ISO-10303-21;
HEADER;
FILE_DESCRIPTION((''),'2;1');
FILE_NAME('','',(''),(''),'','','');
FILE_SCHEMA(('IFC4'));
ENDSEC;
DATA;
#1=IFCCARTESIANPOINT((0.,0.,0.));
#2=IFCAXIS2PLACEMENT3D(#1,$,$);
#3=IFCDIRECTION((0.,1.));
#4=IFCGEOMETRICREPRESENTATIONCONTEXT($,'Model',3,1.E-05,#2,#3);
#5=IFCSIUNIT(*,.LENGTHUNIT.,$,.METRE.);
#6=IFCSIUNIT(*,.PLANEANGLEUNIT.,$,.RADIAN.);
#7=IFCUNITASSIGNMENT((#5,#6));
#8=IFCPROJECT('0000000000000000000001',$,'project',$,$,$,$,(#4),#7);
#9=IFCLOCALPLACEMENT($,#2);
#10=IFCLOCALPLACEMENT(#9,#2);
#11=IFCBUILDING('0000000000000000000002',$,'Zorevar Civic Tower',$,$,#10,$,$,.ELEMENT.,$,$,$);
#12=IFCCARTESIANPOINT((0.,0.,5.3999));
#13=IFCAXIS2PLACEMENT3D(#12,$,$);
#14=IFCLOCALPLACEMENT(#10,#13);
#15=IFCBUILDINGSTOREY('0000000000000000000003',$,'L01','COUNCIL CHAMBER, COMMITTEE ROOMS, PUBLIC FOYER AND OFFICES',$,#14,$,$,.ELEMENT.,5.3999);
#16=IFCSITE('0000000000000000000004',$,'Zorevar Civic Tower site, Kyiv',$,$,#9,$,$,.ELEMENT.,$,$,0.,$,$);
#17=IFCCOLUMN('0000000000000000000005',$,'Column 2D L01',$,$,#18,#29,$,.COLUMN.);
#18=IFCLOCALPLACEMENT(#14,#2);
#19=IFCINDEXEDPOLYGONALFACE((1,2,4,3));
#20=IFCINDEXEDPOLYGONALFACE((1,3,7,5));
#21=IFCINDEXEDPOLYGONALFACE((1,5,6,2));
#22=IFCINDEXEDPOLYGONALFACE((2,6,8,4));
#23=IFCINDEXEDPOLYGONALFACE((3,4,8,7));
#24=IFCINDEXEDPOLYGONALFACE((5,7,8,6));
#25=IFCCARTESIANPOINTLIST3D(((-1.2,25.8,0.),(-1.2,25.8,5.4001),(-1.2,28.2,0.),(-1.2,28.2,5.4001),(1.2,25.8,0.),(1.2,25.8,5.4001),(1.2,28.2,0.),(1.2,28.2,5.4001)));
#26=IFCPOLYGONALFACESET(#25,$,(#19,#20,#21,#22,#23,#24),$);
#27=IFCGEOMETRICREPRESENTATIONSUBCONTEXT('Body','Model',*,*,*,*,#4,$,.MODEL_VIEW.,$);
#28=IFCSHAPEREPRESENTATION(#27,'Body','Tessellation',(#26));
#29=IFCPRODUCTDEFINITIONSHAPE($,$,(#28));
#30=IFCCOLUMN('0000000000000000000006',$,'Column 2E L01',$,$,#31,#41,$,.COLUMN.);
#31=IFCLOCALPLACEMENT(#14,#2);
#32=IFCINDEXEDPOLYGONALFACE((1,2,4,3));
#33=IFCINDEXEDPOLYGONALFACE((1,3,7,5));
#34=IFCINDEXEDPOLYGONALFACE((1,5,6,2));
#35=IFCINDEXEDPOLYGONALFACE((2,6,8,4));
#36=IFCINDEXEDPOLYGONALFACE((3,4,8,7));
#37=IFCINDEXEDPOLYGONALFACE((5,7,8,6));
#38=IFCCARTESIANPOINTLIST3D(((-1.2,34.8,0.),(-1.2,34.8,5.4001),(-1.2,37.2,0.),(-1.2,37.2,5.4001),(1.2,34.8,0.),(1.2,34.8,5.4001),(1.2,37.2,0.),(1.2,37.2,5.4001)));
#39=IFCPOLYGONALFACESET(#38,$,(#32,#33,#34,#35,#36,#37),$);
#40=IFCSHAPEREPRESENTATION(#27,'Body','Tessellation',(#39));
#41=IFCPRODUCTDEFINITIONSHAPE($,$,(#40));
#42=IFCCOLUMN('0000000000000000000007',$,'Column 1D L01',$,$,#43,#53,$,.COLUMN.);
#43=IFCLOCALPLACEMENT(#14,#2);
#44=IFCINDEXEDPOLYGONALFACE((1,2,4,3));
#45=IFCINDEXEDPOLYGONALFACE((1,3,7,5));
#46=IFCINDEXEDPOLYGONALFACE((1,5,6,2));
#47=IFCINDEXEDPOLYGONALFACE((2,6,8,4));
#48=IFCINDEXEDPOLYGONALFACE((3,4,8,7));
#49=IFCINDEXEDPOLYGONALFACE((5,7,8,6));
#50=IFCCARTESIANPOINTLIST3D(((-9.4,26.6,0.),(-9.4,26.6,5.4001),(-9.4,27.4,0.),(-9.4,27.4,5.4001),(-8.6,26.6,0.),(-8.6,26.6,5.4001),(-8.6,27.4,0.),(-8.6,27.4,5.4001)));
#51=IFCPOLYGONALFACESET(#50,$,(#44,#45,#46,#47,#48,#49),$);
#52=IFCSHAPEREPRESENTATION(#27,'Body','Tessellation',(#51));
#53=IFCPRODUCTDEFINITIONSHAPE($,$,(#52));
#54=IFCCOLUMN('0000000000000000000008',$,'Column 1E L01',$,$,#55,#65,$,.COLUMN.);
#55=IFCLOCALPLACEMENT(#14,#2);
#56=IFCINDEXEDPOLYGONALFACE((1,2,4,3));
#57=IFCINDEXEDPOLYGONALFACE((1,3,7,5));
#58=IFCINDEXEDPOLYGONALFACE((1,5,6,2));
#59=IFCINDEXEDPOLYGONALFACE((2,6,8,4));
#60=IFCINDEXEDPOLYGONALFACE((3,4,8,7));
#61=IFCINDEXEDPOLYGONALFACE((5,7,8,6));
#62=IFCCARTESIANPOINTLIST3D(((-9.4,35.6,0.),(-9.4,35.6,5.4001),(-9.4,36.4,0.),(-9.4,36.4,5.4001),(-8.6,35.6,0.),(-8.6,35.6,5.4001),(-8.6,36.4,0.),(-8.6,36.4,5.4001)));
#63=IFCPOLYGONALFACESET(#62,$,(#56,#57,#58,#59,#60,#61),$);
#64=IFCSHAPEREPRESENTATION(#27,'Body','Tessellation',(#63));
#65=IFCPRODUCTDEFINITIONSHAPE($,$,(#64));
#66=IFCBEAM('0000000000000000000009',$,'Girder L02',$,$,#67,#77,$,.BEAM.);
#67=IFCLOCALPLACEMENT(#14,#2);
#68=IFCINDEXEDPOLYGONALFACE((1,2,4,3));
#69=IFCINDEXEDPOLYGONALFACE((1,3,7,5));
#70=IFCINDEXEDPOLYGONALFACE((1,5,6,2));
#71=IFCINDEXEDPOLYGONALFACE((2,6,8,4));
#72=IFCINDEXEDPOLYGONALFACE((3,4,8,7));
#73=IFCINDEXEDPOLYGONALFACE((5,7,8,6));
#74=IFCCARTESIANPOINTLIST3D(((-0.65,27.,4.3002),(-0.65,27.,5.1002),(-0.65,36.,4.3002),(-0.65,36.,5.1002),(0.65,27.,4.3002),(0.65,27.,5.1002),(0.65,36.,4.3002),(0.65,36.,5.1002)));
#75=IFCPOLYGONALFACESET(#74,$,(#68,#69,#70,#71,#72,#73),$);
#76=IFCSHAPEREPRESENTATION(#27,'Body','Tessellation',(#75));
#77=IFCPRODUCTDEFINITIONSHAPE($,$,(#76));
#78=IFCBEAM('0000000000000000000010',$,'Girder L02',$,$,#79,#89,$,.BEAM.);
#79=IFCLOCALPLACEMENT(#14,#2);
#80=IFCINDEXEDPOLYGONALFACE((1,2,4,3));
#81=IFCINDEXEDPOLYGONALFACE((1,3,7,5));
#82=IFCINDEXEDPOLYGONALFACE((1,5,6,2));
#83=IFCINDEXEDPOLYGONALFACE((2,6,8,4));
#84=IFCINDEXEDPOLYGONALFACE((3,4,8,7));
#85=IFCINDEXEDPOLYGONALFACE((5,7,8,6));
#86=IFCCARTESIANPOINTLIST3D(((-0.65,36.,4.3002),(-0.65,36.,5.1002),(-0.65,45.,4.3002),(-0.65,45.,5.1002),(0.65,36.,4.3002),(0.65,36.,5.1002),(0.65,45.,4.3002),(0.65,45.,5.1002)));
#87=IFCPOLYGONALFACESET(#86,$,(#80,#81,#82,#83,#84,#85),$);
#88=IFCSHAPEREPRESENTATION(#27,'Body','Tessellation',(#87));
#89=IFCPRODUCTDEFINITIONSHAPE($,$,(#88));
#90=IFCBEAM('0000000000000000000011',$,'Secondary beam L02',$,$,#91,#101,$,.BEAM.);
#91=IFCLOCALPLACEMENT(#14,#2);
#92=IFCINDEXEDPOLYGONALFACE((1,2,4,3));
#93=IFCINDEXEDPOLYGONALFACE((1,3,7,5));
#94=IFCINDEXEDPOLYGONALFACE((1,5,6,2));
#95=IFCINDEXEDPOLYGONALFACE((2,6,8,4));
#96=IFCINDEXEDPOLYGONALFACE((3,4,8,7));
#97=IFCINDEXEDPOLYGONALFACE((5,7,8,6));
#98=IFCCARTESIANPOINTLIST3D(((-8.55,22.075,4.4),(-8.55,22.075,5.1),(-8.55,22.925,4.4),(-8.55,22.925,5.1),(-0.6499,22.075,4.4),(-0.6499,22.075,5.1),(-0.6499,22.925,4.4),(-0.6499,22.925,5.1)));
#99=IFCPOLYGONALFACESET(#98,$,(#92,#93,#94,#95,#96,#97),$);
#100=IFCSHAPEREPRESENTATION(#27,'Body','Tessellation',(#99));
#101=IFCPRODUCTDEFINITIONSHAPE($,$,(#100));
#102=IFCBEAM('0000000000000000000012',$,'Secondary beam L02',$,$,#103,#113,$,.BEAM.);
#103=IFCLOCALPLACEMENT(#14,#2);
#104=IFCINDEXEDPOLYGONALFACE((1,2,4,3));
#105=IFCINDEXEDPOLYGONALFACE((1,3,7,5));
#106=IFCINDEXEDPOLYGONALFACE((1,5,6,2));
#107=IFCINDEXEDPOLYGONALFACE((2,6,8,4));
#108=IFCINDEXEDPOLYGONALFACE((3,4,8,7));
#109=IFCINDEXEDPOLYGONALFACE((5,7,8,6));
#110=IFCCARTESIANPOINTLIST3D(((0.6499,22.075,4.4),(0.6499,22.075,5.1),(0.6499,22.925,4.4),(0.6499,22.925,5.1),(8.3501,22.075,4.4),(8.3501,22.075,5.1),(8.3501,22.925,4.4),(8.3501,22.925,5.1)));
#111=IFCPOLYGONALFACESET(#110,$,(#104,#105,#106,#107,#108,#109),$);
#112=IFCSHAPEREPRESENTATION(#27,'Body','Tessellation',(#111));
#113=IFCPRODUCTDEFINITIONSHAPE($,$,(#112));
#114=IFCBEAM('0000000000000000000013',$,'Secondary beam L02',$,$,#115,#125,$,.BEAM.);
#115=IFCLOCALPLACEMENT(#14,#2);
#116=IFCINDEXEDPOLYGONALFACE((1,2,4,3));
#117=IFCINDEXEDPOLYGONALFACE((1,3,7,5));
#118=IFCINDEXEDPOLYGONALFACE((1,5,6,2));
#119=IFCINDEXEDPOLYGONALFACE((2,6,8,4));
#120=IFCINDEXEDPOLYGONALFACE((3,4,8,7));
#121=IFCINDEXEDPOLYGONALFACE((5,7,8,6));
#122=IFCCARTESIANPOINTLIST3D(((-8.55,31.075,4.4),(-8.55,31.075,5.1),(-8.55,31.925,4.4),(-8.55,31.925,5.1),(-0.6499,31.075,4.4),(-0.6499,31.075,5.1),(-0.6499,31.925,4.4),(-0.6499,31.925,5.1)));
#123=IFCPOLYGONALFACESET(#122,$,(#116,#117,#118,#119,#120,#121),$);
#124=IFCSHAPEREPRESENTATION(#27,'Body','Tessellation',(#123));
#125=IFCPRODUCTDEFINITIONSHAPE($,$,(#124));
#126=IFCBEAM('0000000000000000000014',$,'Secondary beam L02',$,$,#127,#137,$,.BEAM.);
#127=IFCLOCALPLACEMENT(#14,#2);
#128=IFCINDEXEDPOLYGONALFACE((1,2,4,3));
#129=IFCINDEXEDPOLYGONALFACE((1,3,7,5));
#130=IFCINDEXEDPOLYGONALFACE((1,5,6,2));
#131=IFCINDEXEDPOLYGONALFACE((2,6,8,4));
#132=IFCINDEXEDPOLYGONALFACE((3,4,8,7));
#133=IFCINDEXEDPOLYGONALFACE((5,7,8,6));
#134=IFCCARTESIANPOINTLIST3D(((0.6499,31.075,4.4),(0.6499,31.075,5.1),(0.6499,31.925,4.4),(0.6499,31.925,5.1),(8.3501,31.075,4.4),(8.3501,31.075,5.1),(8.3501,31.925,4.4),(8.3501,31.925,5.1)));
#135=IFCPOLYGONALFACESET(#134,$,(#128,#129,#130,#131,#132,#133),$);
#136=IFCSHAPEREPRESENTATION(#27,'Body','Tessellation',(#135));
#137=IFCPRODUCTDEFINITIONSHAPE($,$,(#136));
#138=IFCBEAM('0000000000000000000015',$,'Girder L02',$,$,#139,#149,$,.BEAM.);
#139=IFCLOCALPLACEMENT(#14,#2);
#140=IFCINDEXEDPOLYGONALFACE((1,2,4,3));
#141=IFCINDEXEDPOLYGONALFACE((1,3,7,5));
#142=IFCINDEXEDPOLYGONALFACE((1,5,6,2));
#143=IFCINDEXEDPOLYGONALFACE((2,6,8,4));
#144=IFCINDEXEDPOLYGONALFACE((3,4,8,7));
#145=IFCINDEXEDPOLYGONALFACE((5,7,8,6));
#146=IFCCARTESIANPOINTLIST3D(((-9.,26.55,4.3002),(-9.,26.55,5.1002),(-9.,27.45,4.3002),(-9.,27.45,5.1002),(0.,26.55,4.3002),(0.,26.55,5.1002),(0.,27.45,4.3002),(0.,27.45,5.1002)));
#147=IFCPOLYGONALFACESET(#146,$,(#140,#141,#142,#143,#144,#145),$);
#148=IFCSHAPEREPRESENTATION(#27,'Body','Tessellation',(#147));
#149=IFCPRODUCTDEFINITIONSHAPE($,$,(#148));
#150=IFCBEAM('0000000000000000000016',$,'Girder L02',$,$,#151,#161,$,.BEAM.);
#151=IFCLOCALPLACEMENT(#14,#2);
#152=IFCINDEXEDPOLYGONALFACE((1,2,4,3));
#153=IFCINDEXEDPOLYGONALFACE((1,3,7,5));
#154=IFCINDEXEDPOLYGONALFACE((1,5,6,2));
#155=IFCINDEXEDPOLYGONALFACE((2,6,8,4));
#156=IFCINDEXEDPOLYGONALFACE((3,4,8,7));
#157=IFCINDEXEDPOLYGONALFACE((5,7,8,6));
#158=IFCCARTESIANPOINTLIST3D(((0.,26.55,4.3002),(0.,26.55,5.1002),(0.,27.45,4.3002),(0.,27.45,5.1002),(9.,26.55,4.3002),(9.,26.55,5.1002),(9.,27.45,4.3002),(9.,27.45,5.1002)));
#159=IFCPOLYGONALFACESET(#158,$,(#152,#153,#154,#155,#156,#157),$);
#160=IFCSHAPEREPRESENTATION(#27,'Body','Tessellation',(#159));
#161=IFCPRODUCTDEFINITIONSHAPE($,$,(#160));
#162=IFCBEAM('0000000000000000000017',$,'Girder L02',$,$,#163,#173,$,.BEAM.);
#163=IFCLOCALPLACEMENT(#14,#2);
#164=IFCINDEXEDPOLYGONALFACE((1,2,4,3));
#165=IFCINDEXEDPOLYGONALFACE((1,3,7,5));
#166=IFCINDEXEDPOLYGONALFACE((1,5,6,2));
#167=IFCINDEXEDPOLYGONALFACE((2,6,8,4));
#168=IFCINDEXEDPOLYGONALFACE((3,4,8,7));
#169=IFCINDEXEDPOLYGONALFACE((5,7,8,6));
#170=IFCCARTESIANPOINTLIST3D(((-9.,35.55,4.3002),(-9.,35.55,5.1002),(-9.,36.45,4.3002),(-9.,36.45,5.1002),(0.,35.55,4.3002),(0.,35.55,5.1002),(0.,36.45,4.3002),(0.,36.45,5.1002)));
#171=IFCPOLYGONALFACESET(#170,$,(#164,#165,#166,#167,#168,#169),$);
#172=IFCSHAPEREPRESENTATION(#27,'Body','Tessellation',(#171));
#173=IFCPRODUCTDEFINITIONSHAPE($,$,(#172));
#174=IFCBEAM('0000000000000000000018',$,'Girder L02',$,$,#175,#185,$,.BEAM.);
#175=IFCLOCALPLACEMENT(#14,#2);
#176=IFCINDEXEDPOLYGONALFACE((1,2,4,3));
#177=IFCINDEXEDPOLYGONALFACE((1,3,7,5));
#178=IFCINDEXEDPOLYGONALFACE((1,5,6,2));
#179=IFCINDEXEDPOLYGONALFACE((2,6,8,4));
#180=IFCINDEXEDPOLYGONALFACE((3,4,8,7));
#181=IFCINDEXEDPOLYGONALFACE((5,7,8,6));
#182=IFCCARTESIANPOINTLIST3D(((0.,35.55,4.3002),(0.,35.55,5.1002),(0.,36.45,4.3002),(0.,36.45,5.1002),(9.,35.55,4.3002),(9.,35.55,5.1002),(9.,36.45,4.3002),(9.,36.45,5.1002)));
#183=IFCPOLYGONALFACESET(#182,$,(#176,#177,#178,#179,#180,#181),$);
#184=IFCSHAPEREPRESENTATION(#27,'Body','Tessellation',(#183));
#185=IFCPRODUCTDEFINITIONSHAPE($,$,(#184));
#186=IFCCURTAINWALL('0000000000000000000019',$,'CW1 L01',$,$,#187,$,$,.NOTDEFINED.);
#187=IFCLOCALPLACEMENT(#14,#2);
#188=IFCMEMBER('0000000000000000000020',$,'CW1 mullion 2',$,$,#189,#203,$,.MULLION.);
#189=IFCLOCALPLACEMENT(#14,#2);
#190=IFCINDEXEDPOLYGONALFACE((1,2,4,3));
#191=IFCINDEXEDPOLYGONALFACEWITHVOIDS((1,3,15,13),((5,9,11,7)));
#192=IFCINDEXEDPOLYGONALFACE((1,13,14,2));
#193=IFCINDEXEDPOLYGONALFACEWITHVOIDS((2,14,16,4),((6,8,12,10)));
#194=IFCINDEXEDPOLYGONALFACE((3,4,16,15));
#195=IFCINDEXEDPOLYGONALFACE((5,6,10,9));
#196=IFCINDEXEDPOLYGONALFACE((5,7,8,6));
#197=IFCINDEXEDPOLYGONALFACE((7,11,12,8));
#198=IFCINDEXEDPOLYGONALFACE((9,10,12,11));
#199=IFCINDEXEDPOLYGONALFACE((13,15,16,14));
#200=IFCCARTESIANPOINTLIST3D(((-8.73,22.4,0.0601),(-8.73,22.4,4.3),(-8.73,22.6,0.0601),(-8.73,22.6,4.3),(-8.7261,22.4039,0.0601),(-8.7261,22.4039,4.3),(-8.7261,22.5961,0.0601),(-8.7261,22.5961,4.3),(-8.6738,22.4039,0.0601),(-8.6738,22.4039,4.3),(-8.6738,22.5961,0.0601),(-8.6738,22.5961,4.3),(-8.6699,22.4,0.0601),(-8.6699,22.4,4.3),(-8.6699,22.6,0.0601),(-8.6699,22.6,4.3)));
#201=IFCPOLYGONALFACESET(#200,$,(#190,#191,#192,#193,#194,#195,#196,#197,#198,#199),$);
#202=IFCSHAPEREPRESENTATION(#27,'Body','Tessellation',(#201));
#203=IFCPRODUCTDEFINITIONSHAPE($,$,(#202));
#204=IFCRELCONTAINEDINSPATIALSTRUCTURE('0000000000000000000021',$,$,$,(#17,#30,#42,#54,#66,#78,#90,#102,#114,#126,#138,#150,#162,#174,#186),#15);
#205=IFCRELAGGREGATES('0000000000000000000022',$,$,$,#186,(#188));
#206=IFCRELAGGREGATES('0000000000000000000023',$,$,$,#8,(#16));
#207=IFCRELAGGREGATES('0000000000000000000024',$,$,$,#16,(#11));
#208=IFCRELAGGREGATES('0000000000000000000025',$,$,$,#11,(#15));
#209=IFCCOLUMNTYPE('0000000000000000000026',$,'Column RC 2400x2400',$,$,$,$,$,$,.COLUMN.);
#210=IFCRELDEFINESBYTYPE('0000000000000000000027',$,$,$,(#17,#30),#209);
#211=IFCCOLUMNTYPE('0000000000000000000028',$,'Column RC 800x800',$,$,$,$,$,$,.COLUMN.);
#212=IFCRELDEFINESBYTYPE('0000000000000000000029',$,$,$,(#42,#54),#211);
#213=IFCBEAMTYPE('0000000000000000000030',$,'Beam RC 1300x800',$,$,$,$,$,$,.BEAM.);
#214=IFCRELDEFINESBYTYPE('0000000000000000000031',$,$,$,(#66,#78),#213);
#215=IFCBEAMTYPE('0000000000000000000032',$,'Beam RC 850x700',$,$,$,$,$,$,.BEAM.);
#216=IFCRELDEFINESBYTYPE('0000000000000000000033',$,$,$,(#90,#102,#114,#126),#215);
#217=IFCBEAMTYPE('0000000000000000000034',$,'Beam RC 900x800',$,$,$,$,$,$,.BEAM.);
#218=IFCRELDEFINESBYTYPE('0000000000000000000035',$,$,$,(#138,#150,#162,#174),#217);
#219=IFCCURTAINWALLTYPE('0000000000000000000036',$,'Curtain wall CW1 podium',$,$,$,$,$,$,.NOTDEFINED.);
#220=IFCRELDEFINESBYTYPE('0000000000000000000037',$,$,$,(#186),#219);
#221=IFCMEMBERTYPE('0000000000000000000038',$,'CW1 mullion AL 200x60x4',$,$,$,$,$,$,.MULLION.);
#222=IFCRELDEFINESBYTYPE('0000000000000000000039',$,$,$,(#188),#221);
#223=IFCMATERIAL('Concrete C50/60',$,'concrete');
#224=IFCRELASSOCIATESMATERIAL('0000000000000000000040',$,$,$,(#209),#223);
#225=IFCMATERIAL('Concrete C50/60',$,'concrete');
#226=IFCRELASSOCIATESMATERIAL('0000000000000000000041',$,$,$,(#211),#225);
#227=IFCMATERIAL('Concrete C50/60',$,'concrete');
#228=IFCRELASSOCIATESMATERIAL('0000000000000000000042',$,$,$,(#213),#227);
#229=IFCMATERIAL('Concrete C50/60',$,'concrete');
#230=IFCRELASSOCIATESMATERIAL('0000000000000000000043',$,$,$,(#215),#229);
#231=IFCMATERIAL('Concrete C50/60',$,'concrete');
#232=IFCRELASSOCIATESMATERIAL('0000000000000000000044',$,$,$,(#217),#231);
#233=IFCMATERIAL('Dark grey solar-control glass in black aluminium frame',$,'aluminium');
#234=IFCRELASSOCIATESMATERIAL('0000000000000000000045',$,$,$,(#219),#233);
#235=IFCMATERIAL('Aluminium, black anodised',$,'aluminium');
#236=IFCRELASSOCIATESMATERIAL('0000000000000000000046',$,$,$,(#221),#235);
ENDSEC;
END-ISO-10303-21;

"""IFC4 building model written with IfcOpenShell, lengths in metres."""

from ifc_helpers import new_model, si_unit, direction, frame, origin, origin_2d, place, context, subcontext, project, spatial, rectangle, hollow_rectangle, extrude, material, material_profile, profile_set, type_object, element, aggregate, save


model = new_model("IFC4")

# Units and contexts
model_context = context("Model", 3, precision=1e-05, world=origin(), true_north=direction((0.0, 1.0)))
body_context = subcontext(model_context, "Body", "Model", "MODEL_VIEW")
ifc_project = project(units=[si_unit("LENGTHUNIT", "METRE"), si_unit("PLANEANGLEUNIT", "RADIAN")], contexts=[model_context])

# Site, building, storey
site_placement = place(None, origin())
site = spatial("IfcSite", under=ifc_project, at=site_placement, Name="Zorevar Civic Tower site, Kyiv", CompositionType="ELEMENT", RefElevation=0.0)
building_placement = place(site_placement, origin())
building = spatial("IfcBuilding", under=site, at=building_placement, Name="Zorevar Civic Tower", CompositionType="ELEMENT")
storey_placement = place(building_placement, frame((0.0, 0.0, 5.3999)))
storey = spatial("IfcBuildingStorey", under=building, at=storey_placement, Name="L01", Description="COUNCIL CHAMBER, COMMITTEE ROOMS, PUBLIC FOYER AND OFFICES", CompositionType="ELEMENT", Elevation=5.3999)

# Columns
ifc_material_1 = material(Name="Concrete C50/60", Category="concrete")
ifc_material_profile_1 = material_profile(ifc_material_1, rectangle(XDim=2.3999, YDim=2.3999, at=origin_2d()), Name="RC 2400x2400")
ifc_profile_set_1 = profile_set([ifc_material_profile_1], Name="Concrete C50/60")
column_type_1 = type_object("IfcColumnType", Name="Column RC 2400x2400", PredefinedType="COLUMN", material=ifc_profile_set_1)
for number, where, z_axis, x_axis, name in (
    (1, (0.0, 27.0, 0.0), (0.0, 0.0, 1.0), (1.0, 0.0, 0.0), "Column 2D L01"),
    (2, (0.0, 36.0, 0.0), (0.0, 0.0, 1.0), (1.0, 0.0, 0.0), "Column 2E L01"),
):
    element("IfcColumn", number, at=place(storey_placement, frame(where, z_axis=z_axis, x_axis=x_axis)), inside=storey, type_object=column_type_1, Name=name, PredefinedType="COLUMN", context=body_context, shape_type="SweptSolid", body=[
        extrude(rectangle(XDim=2.3999, YDim=2.3999, at=origin_2d()), origin(), (0.0, 0.0, 1.0), 5.4001),
    ])
ifc_material_2 = material(Name="Concrete C50/60", Category="concrete")
ifc_material_profile_2 = material_profile(ifc_material_2, rectangle(XDim=0.8, YDim=0.8, at=origin_2d()), Name="RC 800x800")
ifc_profile_set_2 = profile_set([ifc_material_profile_2], Name="Concrete C50/60")
column_type_2 = type_object("IfcColumnType", Name="Column RC 800x800", PredefinedType="COLUMN", material=ifc_profile_set_2)
for number, where, z_axis, x_axis, name in (
    (3, (-9.0, 27.0, 0.0), (0.0, 0.0, 1.0), (1.0, 0.0, 0.0), "Column 1D L01"),
    (4, (-9.0, 36.0, 0.0), (0.0, 0.0, 1.0), (1.0, 0.0, 0.0), "Column 1E L01"),
):
    element("IfcColumn", number, at=place(storey_placement, frame(where, z_axis=z_axis, x_axis=x_axis)), inside=storey, type_object=column_type_2, Name=name, PredefinedType="COLUMN", context=body_context, shape_type="SweptSolid", body=[
        extrude(rectangle(XDim=0.8, YDim=0.8, at=origin_2d()), origin(), (0.0, 0.0, 1.0), 5.4001),
    ])

# Beams
ifc_material_3 = material(Name="Concrete C50/60", Category="concrete")
ifc_material_profile_3 = material_profile(ifc_material_3, rectangle(XDim=1.3, YDim=0.8, at=origin_2d()), Name="RC 1300x800")
ifc_profile_set_3 = profile_set([ifc_material_profile_3], Name="Concrete C50/60")
beam_type_1 = type_object("IfcBeamType", Name="Beam RC 1300x800", PredefinedType="BEAM", material=ifc_profile_set_3)
for number, where, z_axis, x_axis, name in (
    (5, (0.0, 27.0, 4.7002), (0.0, 1.0, 0.0), (-1.0, 0.0, 0.0), "Girder L02"),
    (6, (0.0, 36.0, 4.7002), (0.0, 1.0, 0.0), (-1.0, 0.0, 0.0), "Girder L02"),
):
    element("IfcBeam", number, at=place(storey_placement, frame(where, z_axis=z_axis, x_axis=x_axis)), inside=storey, type_object=beam_type_1, Name=name, PredefinedType="BEAM", context=body_context, shape_type="SweptSolid", body=[
        extrude(rectangle(XDim=1.3, YDim=0.8, at=origin_2d()), origin(), (0.0, 0.0, 1.0), 9.0),
    ])
ifc_material_4 = material(Name="Concrete C50/60", Category="concrete")
ifc_material_profile_4 = material_profile(ifc_material_4, rectangle(XDim=0.8501, YDim=0.7, at=origin_2d()), Name="RC 850x700")
ifc_profile_set_4 = profile_set([ifc_material_profile_4], Name="Concrete C50/60")
beam_type_2 = type_object("IfcBeamType", Name="Beam RC 850x700", PredefinedType="BEAM", material=ifc_profile_set_4)
beam_1_placement = place(storey_placement, frame((-8.55, 22.5, 4.75), z_axis=(1.0, 0.0, 0.0), x_axis=(0.0, 1.0, 0.0)))
element("IfcBeam", 7, at=beam_1_placement, inside=storey, type_object=beam_type_2, Name="Secondary beam L02", PredefinedType="BEAM", context=body_context, shape_type="SweptSolid", body=[
    extrude(rectangle(XDim=0.8501, YDim=0.7, at=origin_2d()), origin(), (0.0, 0.0, 1.0), 7.9001),
])
beam_2_placement = place(storey_placement, frame((0.6499, 22.5, 4.75), z_axis=(1.0, 0.0, 0.0), x_axis=(0.0, 1.0, 0.0)))
element("IfcBeam", 8, at=beam_2_placement, inside=storey, type_object=beam_type_2, Name="Secondary beam L02", PredefinedType="BEAM", context=body_context, shape_type="SweptSolid", body=[
    extrude(rectangle(XDim=0.8501, YDim=0.7, at=origin_2d()), origin(), (0.0, 0.0, 1.0), 7.7002),
])
beam_3_placement = place(storey_placement, frame((-8.55, 31.5, 4.75), z_axis=(1.0, 0.0, 0.0), x_axis=(0.0, 1.0, 0.0)))
element("IfcBeam", 9, at=beam_3_placement, inside=storey, type_object=beam_type_2, Name="Secondary beam L02", PredefinedType="BEAM", context=body_context, shape_type="SweptSolid", body=[
    extrude(rectangle(XDim=0.8501, YDim=0.7, at=origin_2d()), origin(), (0.0, 0.0, 1.0), 7.9001),
])
beam_4_placement = place(storey_placement, frame((0.6499, 31.5, 4.75), z_axis=(1.0, 0.0, 0.0), x_axis=(0.0, 1.0, 0.0)))
element("IfcBeam", 10, at=beam_4_placement, inside=storey, type_object=beam_type_2, Name="Secondary beam L02", PredefinedType="BEAM", context=body_context, shape_type="SweptSolid", body=[
    extrude(rectangle(XDim=0.8501, YDim=0.7, at=origin_2d()), origin(), (0.0, 0.0, 1.0), 7.7002),
])
ifc_material_5 = material(Name="Concrete C50/60", Category="concrete")
ifc_material_profile_5 = material_profile(ifc_material_5, rectangle(XDim=0.8999, YDim=0.8, at=origin_2d()), Name="RC 900x800")
ifc_profile_set_5 = profile_set([ifc_material_profile_5], Name="Concrete C50/60")
beam_type_3 = type_object("IfcBeamType", Name="Beam RC 900x800", PredefinedType="BEAM", material=ifc_profile_set_5)
for number, where, z_axis, x_axis, name in (
    (11, (-9.0, 27.0, 4.7002), (1.0, 0.0, 0.0), (0.0, 1.0, 0.0), "Girder L02"),
    (12, (0.0, 27.0, 4.7002), (1.0, 0.0, 0.0), (0.0, 1.0, 0.0), "Girder L02"),
    (13, (-9.0, 36.0, 4.7002), (1.0, 0.0, 0.0), (0.0, 1.0, 0.0), "Girder L02"),
    (14, (0.0, 36.0, 4.7002), (1.0, 0.0, 0.0), (0.0, 1.0, 0.0), "Girder L02"),
):
    element("IfcBeam", number, at=place(storey_placement, frame(where, z_axis=z_axis, x_axis=x_axis)), inside=storey, type_object=beam_type_3, Name=name, PredefinedType="BEAM", context=body_context, shape_type="SweptSolid", body=[
        extrude(rectangle(XDim=0.8999, YDim=0.8, at=origin_2d()), origin(), (0.0, 0.0, 1.0), 9.0),
    ])

# Curtain wall, member
ifc_material_6 = material(Name="Dark grey solar-control glass in black aluminium frame", Category="aluminium")
curtain_wall_type = type_object("IfcCurtainWallType", Name="Curtain wall CW1 podium", PredefinedType="NOTDEFINED", material=ifc_material_6)
curtain_wall_1_placement = place(storey_placement, origin())
curtain_wall_1 = element("IfcCurtainWall", 15, at=curtain_wall_1_placement, inside=storey, type_object=curtain_wall_type, Name="CW1 L01", PredefinedType="NOTDEFINED")
ifc_material_7 = material(Name="Aluminium, black anodised", Category="aluminium")
ifc_material_profile_6 = material_profile(ifc_material_7, hollow_rectangle(XDim=0.0601, YDim=0.2, WallThickness=0.0039, at=origin_2d()), Name="AL 200x60x4")
ifc_profile_set_6 = profile_set([ifc_material_profile_6], Name="Aluminium, black anodised")
member_type_1 = type_object("IfcMemberType", Name="CW1 mullion AL 200x60x4", PredefinedType="MULLION", material=ifc_profile_set_6)
member_1_placement = place(storey_placement, frame((-8.7, 22.5, 0.0601), z_axis=(0.0, 0.0, 1.0), x_axis=(-1.0, 0.0, 0.0)))
member_1 = element("IfcMember", 16, at=member_1_placement, type_object=member_type_1, Name="CW1 mullion 2", PredefinedType="MULLION", context=body_context, shape_type="SweptSolid", body=[
    extrude(hollow_rectangle(XDim=0.0601, YDim=0.2, WallThickness=0.0039, at=origin_2d()), origin(), (0.0, 0.0, 1.0), 4.24),
])

aggregate(curtain_wall_1, [member_1])

save(model, "model.ifc")
